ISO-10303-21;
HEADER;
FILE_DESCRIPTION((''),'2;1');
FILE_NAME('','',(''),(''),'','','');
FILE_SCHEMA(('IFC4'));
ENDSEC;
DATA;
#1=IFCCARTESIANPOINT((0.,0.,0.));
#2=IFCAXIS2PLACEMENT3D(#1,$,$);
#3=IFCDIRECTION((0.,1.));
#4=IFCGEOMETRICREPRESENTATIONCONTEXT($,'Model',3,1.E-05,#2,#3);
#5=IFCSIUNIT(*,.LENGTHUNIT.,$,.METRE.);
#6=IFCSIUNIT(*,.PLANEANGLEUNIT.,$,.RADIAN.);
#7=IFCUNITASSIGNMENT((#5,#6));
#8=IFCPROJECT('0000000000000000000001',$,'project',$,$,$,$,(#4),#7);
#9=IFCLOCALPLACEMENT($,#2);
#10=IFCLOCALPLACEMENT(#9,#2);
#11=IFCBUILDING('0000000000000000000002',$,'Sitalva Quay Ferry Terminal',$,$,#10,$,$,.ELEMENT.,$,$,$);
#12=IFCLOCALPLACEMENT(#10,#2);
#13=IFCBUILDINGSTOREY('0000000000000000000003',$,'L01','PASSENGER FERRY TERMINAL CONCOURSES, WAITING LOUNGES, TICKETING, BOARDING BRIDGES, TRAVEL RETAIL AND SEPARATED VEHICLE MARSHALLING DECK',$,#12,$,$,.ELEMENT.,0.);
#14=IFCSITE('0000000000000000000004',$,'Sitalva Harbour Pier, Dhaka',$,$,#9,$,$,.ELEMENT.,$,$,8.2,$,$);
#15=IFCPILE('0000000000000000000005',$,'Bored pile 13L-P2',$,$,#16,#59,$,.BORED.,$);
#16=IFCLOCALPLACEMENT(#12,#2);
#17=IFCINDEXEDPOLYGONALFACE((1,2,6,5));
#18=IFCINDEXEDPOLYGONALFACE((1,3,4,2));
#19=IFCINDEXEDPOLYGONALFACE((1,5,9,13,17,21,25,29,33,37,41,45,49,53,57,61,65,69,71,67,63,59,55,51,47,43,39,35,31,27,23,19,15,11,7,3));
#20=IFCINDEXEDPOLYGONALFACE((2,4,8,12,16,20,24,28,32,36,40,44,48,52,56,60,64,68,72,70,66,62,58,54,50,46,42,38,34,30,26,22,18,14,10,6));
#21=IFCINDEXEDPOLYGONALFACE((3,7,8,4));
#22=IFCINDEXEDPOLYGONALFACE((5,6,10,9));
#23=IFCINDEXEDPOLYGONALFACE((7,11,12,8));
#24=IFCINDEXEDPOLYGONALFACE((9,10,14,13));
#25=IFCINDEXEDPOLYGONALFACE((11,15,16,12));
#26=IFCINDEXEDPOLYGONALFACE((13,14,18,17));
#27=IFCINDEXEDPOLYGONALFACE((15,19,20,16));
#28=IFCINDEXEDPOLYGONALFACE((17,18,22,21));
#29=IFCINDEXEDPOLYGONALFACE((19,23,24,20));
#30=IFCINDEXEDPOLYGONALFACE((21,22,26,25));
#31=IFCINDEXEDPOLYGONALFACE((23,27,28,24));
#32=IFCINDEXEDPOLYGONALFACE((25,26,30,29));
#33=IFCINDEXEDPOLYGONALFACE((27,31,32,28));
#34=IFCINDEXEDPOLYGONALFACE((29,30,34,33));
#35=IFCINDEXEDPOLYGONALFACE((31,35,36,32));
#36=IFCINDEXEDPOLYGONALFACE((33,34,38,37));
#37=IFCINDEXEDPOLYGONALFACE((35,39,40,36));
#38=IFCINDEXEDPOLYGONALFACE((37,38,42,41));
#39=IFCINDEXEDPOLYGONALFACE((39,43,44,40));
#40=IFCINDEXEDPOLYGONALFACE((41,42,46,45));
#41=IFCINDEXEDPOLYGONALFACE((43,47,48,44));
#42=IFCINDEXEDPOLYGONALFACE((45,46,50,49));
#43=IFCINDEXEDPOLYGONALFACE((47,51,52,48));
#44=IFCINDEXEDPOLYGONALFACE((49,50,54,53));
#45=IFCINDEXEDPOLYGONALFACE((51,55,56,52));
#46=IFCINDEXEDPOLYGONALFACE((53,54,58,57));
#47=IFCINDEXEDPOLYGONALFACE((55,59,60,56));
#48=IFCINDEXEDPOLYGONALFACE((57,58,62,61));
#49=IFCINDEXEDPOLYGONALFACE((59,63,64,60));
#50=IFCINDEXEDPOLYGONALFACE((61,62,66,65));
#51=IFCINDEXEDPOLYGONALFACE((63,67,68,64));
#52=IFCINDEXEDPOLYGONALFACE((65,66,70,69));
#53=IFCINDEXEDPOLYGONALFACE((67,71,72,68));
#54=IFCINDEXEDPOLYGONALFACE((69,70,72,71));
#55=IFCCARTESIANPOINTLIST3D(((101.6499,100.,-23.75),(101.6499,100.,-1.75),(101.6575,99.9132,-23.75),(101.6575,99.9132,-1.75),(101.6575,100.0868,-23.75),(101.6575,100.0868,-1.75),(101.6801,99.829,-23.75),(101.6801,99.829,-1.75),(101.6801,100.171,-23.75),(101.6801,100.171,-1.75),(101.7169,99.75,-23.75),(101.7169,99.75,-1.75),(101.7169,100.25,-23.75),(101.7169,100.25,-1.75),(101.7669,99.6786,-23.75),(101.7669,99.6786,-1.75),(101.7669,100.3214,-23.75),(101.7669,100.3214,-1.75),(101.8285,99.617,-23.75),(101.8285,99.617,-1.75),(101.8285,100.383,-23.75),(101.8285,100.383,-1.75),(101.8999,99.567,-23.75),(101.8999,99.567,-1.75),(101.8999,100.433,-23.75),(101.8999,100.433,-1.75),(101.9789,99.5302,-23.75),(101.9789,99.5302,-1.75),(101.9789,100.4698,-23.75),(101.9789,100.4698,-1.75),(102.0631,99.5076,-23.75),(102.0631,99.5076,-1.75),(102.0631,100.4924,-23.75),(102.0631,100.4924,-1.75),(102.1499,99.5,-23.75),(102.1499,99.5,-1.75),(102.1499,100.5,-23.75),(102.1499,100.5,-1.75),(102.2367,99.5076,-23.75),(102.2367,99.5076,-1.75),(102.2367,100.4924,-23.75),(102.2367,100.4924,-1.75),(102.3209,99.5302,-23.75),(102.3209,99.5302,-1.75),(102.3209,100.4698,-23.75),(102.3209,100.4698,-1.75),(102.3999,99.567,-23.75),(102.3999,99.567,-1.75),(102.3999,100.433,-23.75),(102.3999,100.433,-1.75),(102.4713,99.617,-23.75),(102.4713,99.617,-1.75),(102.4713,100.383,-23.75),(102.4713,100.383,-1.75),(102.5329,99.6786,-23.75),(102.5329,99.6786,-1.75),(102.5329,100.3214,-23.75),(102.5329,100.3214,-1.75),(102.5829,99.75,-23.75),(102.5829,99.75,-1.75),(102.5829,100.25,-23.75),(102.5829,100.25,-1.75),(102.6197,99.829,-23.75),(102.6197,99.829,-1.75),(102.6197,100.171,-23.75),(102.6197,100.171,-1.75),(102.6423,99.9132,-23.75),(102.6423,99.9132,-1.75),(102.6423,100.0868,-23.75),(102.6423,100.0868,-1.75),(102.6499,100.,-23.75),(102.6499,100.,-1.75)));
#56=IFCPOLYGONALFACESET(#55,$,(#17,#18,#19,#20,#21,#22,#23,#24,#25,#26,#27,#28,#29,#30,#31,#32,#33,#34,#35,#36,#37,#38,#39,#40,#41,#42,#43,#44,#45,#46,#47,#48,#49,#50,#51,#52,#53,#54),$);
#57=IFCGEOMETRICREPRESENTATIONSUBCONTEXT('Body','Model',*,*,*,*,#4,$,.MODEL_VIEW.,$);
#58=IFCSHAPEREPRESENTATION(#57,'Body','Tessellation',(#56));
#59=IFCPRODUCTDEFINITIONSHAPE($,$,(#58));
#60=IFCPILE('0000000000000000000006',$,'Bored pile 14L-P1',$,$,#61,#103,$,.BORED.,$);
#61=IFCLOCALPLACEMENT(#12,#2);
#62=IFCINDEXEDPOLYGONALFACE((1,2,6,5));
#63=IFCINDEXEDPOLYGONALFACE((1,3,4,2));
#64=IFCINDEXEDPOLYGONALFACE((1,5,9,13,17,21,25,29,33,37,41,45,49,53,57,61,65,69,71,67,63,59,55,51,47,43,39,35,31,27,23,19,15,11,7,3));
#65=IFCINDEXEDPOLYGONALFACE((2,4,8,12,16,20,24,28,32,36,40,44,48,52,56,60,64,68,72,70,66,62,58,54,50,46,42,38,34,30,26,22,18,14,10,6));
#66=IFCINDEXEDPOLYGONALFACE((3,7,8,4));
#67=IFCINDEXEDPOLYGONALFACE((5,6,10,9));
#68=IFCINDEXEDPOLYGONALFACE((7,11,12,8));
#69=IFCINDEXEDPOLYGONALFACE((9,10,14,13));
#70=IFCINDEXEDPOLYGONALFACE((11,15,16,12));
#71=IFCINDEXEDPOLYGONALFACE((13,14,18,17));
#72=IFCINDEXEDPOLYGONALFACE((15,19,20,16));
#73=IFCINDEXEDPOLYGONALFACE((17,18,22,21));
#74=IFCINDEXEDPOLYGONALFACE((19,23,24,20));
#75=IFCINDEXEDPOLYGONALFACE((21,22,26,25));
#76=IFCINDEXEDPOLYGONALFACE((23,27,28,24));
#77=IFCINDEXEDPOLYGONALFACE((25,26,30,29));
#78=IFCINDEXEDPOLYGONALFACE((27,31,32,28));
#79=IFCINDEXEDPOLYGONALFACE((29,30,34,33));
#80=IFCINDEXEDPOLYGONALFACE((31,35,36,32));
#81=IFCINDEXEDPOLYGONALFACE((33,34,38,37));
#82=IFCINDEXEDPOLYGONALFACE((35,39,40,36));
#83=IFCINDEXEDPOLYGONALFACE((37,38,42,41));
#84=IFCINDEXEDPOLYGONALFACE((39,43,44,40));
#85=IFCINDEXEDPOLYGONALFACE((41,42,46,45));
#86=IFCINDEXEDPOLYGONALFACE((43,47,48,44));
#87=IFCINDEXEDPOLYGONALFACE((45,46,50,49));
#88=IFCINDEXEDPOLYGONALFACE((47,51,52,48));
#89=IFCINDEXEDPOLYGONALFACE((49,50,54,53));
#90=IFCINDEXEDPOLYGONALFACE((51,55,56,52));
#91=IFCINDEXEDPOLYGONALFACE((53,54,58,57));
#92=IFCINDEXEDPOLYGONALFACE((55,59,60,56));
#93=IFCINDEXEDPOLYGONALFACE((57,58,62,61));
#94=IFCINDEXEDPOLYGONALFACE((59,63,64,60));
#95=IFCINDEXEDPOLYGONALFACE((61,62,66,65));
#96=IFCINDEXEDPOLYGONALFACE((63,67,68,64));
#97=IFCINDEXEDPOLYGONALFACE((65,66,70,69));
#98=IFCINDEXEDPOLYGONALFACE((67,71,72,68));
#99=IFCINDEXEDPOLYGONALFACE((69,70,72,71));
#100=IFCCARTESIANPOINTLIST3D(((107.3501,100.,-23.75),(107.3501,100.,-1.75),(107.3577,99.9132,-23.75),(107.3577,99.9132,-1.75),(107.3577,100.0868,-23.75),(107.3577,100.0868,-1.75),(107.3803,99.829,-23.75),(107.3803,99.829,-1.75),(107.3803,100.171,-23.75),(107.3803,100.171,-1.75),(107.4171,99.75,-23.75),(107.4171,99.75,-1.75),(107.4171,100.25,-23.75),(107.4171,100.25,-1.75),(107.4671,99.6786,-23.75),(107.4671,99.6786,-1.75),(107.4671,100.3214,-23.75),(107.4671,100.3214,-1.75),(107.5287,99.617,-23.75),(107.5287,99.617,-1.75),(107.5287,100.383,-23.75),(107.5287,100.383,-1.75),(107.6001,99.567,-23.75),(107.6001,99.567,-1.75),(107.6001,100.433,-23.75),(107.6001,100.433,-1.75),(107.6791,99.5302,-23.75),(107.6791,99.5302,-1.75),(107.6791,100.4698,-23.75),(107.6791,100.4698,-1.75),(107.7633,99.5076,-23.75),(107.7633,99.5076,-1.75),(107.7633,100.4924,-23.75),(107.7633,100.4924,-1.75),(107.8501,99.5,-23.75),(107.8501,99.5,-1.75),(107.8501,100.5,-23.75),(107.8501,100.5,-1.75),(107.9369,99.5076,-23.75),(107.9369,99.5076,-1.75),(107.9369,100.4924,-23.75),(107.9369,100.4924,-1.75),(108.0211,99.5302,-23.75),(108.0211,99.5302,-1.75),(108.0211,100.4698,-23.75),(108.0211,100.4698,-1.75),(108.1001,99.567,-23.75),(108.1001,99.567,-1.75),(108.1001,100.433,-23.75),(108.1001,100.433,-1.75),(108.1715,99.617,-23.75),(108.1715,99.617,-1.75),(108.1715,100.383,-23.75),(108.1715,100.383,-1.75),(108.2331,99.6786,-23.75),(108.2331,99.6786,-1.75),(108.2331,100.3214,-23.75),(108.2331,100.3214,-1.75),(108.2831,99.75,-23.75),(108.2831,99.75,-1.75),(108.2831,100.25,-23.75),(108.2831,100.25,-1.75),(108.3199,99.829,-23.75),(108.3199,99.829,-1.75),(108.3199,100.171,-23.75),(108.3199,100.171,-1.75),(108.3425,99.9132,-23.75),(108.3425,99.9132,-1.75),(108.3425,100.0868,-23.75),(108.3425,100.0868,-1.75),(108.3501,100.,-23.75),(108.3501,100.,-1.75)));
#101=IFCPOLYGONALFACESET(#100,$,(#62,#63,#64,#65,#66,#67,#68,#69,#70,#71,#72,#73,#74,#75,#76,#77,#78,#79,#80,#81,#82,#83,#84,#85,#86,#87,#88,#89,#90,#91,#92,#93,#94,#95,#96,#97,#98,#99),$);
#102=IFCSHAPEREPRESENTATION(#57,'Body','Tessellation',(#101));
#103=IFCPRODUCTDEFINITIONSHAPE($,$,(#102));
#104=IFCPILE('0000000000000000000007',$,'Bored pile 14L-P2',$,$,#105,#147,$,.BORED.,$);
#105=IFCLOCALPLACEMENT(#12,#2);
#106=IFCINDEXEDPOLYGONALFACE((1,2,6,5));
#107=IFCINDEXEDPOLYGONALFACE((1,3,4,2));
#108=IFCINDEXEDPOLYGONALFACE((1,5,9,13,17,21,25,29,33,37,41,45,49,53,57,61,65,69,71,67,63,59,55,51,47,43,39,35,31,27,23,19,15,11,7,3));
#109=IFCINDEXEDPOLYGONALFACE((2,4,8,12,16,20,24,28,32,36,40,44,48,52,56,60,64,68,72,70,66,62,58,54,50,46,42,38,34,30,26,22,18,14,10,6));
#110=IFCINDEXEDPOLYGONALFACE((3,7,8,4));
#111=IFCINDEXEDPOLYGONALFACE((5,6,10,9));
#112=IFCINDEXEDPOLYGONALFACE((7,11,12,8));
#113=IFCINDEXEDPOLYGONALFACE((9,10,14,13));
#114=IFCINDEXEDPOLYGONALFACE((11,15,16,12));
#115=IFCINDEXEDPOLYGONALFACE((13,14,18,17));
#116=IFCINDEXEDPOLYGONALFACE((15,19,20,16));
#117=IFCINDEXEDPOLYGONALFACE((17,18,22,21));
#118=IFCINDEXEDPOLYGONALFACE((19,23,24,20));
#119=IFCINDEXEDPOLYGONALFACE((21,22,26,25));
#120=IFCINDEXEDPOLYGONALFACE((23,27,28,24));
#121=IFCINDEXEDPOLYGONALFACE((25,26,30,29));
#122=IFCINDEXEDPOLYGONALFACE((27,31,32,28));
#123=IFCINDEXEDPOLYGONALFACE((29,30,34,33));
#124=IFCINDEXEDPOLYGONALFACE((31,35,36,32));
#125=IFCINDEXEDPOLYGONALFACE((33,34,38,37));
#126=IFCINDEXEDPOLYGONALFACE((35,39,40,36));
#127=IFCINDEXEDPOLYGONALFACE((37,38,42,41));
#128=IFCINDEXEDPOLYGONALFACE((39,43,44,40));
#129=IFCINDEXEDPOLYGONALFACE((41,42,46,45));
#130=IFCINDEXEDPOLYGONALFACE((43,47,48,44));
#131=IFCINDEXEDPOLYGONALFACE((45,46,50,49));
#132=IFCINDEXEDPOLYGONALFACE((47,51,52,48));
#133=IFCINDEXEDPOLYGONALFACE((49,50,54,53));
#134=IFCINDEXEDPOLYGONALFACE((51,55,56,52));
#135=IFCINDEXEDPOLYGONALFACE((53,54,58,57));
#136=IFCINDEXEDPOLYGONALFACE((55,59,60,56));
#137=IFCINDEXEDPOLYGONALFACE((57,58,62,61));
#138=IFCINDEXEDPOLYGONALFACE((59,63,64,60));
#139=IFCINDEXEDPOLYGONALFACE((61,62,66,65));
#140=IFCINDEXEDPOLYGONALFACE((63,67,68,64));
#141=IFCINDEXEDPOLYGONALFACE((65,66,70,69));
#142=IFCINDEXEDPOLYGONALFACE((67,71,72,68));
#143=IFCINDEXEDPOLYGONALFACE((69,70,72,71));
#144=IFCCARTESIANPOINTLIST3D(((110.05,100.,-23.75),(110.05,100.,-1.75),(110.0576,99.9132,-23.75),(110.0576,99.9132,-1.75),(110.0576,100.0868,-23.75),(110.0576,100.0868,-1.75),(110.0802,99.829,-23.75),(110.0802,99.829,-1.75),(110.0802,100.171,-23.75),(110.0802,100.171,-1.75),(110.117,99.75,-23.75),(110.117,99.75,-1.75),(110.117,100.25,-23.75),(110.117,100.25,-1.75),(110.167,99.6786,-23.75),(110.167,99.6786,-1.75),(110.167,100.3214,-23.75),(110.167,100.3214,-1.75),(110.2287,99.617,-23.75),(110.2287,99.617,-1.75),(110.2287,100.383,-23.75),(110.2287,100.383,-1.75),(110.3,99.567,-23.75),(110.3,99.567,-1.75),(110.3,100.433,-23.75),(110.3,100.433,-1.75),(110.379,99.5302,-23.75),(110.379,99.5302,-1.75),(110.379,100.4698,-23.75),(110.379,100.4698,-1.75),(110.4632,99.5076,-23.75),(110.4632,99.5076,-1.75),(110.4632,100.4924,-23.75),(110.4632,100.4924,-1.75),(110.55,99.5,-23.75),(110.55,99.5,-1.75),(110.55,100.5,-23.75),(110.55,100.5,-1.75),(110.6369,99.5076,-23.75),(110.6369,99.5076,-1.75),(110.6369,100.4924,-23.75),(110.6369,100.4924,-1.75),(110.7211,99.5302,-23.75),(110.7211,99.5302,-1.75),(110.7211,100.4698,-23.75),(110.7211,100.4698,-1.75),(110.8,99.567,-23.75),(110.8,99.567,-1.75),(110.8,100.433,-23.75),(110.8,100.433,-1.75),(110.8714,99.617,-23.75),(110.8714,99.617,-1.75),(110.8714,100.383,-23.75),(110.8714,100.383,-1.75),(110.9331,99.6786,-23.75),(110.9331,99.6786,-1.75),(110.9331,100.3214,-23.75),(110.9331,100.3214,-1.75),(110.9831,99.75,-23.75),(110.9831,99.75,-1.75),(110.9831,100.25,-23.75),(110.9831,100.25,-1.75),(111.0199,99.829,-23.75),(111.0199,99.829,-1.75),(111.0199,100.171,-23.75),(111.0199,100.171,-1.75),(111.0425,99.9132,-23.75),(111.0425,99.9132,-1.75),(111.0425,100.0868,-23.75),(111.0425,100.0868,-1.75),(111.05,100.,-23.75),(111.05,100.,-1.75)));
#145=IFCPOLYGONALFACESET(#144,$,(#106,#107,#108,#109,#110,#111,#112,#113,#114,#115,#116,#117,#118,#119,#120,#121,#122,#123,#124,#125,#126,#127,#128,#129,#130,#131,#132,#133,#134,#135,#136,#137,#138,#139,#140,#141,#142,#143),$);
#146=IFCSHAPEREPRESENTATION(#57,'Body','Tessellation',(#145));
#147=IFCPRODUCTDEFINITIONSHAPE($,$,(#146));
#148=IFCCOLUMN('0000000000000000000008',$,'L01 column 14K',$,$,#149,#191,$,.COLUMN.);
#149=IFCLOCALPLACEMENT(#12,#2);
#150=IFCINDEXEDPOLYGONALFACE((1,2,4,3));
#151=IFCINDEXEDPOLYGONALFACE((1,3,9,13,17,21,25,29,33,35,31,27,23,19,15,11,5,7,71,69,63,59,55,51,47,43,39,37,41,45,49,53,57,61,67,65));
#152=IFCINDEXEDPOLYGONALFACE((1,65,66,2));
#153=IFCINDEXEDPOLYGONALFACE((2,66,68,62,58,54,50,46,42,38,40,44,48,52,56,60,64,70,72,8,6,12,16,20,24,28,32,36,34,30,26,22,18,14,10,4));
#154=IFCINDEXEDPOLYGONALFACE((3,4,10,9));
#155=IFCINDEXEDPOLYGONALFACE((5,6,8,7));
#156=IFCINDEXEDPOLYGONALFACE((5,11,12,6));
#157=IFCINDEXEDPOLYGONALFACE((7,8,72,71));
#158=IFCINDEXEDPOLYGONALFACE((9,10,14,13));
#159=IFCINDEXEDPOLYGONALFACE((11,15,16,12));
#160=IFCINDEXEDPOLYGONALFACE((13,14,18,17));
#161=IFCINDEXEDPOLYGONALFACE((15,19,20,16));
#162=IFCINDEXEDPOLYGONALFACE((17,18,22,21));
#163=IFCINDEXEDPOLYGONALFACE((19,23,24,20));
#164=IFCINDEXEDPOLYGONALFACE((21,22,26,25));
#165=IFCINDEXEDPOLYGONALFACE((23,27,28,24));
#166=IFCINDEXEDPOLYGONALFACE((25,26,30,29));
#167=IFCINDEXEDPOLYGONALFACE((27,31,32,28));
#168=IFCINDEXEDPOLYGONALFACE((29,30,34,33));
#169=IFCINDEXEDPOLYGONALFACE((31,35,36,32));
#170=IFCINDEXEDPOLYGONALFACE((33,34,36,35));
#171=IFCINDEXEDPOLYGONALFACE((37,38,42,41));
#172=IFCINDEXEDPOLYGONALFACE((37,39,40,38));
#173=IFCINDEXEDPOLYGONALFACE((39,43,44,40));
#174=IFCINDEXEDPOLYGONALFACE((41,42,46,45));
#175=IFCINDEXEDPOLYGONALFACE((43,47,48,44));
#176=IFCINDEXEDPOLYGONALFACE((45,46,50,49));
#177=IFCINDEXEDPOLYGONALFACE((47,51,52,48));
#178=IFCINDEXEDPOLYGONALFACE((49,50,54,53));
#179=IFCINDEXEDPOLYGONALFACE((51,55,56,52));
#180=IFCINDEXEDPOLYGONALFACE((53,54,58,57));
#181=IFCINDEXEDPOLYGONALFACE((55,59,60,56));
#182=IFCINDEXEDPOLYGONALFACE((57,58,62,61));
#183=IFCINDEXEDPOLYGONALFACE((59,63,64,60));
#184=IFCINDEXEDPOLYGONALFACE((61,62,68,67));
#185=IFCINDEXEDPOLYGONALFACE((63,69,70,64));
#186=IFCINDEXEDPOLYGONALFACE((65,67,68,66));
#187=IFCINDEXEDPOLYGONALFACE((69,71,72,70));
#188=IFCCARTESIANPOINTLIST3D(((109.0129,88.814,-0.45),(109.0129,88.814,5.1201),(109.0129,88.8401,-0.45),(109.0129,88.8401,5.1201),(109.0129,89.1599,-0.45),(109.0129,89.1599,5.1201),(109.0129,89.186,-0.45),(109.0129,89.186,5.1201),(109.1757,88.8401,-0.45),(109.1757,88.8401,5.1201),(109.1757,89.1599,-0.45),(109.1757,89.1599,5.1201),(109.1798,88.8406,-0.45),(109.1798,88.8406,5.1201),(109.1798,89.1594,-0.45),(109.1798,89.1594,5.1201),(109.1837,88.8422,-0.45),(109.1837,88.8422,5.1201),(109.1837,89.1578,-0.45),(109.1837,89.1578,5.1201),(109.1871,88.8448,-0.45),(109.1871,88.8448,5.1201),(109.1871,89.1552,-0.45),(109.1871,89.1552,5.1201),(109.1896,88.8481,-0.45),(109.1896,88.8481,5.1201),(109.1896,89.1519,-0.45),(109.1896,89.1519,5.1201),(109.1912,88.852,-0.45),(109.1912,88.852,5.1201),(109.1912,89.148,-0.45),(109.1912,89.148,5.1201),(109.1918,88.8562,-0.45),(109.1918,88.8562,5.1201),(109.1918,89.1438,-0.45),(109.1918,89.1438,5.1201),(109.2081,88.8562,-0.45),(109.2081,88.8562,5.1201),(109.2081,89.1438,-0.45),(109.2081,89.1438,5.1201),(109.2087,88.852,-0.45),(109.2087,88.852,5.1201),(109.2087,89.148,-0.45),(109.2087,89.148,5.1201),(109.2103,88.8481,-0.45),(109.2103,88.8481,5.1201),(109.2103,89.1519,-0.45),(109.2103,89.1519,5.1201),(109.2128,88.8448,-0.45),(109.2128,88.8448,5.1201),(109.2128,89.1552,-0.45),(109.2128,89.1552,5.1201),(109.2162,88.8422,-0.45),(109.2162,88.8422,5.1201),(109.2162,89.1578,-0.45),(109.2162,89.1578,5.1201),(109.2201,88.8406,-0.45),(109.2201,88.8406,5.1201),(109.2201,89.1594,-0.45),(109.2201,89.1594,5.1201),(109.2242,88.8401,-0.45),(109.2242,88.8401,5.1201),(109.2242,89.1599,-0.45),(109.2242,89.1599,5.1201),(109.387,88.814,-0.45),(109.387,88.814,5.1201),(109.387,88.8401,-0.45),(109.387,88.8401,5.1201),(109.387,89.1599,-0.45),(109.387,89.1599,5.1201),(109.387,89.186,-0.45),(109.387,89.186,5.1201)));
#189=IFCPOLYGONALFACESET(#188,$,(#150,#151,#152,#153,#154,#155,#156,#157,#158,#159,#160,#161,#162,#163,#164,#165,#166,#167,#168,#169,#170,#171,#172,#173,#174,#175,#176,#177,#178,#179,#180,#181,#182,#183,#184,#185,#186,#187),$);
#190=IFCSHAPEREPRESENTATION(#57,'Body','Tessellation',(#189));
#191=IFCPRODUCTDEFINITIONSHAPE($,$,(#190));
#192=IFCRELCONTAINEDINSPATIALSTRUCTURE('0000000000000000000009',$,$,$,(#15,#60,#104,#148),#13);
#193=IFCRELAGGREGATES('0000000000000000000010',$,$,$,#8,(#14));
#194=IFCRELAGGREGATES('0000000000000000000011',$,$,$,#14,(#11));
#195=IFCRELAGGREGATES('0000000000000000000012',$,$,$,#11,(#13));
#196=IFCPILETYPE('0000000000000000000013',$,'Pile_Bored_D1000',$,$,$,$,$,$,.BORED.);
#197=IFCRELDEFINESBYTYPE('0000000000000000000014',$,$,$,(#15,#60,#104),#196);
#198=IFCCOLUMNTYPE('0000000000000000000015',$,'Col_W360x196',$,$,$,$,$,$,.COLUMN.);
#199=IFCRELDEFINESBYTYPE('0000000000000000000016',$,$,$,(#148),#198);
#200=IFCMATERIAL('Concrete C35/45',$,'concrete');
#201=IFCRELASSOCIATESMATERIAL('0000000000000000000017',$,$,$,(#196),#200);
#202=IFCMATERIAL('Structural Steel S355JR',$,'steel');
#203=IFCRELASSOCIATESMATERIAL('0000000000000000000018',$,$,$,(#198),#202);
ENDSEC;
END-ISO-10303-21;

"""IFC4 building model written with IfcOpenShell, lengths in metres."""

from ifc_helpers import new_model, si_unit, direction, frame, origin, origin_2d, place, context, subcontext, project, spatial, circle, i_section, extrude, material, material_profile, profile_set, type_object, element, save


model = new_model("IFC4")

# Units and contexts
model_context = context("Model", 3, precision=1e-05, world=origin(), true_north=direction((0.0, 1.0)))
body_context = subcontext(model_context, "Body", "Model", "MODEL_VIEW")
ifc_project = project(units=[si_unit("LENGTHUNIT", "METRE"), si_unit("PLANEANGLEUNIT", "RADIAN")], contexts=[model_context])

# Site, building, storey
site_placement = place(None, origin())
site = spatial("IfcSite", under=ifc_project, at=site_placement, Name="Sitalva Harbour Pier, Dhaka", CompositionType="ELEMENT", RefElevation=8.2)
building_placement = place(site_placement, origin())
building = spatial("IfcBuilding", under=site, at=building_placement, Name="Sitalva Quay Ferry Terminal", CompositionType="ELEMENT")
storey_placement = place(building_placement, origin())
storey = spatial("IfcBuildingStorey", under=building, at=storey_placement, Name="L01", Description="PASSENGER FERRY TERMINAL CONCOURSES, WAITING LOUNGES, TICKETING, BOARDING BRIDGES, TRAVEL RETAIL AND SEPARATED VEHICLE MARSHALLING DECK", CompositionType="ELEMENT", Elevation=0.0)

# Piles
ifc_material_1 = material(Name="Concrete C35/45", Category="concrete")
ifc_material_profile_1 = material_profile(ifc_material_1, circle(Radius=0.5, at=origin_2d()), Name="PILE-D1000")
ifc_profile_set_1 = profile_set([ifc_material_profile_1], Name="Concrete C35/45")
pile_type = type_object("IfcPileType", Name="Pile_Bored_D1000", PredefinedType="BORED", material=ifc_profile_set_1)
for number, where, z_axis, x_axis, name in (
    (1, (102.1499, 100.0, -1.75), (0.0, 0.0, -1.0), (1.0, 0.0, 0.0), "Bored pile 13L-P2"),
    (2, (107.8501, 100.0, -1.75), (0.0, 0.0, -1.0), (1.0, 0.0, 0.0), "Bored pile 14L-P1"),
    (3, (110.55, 100.0, -1.75), (0.0, 0.0, -1.0), (1.0, 0.0, 0.0), "Bored pile 14L-P2"),
):
    element("IfcPile", number, at=place(storey_placement, frame(where, z_axis=z_axis, x_axis=x_axis)), inside=storey, type_object=pile_type, Name=name, PredefinedType="BORED", context=body_context, shape_type="SweptSolid", body=[
        extrude(circle(Radius=0.5, at=origin_2d()), origin(), (0.0, 0.0, 1.0), 22.0),
    ])

# Column
ifc_material_2 = material(Name="Structural Steel S355JR", Category="steel")
ifc_material_profile_2 = material_profile(ifc_material_2, i_section(OverallWidth=0.374, OverallDepth=0.3721, WebThickness=0.0164, FlangeThickness=0.0261, FilletRadius=0.0161, at=origin_2d()), Name="W360x196")
ifc_profile_set_2 = profile_set([ifc_material_profile_2], Name="Structural Steel S355JR")
column_type = type_object("IfcColumnType", Name="Col_W360x196", PredefinedType="COLUMN", material=ifc_profile_set_2)
for number, where, z_axis, x_axis, name in (
    (4, (109.2, 89.0, -0.45), (0.0, 0.0, 1.0), (1.0, 0.0, 0.0), "L01 column 14K"),
):
    element("IfcColumn", number, at=place(storey_placement, frame(where, z_axis=z_axis, x_axis=x_axis)), inside=storey, type_object=column_type, Name=name, PredefinedType="COLUMN", context=body_context, shape_type="SweptSolid", body=[
        extrude(i_section(OverallWidth=0.374, OverallDepth=0.3721, WebThickness=0.0164, FlangeThickness=0.0261, FilletRadius=0.0161, at=origin_2d()), origin(), (0.0, 0.0, 1.0), 5.5701),
    ])

save(model, "model.ifc")
